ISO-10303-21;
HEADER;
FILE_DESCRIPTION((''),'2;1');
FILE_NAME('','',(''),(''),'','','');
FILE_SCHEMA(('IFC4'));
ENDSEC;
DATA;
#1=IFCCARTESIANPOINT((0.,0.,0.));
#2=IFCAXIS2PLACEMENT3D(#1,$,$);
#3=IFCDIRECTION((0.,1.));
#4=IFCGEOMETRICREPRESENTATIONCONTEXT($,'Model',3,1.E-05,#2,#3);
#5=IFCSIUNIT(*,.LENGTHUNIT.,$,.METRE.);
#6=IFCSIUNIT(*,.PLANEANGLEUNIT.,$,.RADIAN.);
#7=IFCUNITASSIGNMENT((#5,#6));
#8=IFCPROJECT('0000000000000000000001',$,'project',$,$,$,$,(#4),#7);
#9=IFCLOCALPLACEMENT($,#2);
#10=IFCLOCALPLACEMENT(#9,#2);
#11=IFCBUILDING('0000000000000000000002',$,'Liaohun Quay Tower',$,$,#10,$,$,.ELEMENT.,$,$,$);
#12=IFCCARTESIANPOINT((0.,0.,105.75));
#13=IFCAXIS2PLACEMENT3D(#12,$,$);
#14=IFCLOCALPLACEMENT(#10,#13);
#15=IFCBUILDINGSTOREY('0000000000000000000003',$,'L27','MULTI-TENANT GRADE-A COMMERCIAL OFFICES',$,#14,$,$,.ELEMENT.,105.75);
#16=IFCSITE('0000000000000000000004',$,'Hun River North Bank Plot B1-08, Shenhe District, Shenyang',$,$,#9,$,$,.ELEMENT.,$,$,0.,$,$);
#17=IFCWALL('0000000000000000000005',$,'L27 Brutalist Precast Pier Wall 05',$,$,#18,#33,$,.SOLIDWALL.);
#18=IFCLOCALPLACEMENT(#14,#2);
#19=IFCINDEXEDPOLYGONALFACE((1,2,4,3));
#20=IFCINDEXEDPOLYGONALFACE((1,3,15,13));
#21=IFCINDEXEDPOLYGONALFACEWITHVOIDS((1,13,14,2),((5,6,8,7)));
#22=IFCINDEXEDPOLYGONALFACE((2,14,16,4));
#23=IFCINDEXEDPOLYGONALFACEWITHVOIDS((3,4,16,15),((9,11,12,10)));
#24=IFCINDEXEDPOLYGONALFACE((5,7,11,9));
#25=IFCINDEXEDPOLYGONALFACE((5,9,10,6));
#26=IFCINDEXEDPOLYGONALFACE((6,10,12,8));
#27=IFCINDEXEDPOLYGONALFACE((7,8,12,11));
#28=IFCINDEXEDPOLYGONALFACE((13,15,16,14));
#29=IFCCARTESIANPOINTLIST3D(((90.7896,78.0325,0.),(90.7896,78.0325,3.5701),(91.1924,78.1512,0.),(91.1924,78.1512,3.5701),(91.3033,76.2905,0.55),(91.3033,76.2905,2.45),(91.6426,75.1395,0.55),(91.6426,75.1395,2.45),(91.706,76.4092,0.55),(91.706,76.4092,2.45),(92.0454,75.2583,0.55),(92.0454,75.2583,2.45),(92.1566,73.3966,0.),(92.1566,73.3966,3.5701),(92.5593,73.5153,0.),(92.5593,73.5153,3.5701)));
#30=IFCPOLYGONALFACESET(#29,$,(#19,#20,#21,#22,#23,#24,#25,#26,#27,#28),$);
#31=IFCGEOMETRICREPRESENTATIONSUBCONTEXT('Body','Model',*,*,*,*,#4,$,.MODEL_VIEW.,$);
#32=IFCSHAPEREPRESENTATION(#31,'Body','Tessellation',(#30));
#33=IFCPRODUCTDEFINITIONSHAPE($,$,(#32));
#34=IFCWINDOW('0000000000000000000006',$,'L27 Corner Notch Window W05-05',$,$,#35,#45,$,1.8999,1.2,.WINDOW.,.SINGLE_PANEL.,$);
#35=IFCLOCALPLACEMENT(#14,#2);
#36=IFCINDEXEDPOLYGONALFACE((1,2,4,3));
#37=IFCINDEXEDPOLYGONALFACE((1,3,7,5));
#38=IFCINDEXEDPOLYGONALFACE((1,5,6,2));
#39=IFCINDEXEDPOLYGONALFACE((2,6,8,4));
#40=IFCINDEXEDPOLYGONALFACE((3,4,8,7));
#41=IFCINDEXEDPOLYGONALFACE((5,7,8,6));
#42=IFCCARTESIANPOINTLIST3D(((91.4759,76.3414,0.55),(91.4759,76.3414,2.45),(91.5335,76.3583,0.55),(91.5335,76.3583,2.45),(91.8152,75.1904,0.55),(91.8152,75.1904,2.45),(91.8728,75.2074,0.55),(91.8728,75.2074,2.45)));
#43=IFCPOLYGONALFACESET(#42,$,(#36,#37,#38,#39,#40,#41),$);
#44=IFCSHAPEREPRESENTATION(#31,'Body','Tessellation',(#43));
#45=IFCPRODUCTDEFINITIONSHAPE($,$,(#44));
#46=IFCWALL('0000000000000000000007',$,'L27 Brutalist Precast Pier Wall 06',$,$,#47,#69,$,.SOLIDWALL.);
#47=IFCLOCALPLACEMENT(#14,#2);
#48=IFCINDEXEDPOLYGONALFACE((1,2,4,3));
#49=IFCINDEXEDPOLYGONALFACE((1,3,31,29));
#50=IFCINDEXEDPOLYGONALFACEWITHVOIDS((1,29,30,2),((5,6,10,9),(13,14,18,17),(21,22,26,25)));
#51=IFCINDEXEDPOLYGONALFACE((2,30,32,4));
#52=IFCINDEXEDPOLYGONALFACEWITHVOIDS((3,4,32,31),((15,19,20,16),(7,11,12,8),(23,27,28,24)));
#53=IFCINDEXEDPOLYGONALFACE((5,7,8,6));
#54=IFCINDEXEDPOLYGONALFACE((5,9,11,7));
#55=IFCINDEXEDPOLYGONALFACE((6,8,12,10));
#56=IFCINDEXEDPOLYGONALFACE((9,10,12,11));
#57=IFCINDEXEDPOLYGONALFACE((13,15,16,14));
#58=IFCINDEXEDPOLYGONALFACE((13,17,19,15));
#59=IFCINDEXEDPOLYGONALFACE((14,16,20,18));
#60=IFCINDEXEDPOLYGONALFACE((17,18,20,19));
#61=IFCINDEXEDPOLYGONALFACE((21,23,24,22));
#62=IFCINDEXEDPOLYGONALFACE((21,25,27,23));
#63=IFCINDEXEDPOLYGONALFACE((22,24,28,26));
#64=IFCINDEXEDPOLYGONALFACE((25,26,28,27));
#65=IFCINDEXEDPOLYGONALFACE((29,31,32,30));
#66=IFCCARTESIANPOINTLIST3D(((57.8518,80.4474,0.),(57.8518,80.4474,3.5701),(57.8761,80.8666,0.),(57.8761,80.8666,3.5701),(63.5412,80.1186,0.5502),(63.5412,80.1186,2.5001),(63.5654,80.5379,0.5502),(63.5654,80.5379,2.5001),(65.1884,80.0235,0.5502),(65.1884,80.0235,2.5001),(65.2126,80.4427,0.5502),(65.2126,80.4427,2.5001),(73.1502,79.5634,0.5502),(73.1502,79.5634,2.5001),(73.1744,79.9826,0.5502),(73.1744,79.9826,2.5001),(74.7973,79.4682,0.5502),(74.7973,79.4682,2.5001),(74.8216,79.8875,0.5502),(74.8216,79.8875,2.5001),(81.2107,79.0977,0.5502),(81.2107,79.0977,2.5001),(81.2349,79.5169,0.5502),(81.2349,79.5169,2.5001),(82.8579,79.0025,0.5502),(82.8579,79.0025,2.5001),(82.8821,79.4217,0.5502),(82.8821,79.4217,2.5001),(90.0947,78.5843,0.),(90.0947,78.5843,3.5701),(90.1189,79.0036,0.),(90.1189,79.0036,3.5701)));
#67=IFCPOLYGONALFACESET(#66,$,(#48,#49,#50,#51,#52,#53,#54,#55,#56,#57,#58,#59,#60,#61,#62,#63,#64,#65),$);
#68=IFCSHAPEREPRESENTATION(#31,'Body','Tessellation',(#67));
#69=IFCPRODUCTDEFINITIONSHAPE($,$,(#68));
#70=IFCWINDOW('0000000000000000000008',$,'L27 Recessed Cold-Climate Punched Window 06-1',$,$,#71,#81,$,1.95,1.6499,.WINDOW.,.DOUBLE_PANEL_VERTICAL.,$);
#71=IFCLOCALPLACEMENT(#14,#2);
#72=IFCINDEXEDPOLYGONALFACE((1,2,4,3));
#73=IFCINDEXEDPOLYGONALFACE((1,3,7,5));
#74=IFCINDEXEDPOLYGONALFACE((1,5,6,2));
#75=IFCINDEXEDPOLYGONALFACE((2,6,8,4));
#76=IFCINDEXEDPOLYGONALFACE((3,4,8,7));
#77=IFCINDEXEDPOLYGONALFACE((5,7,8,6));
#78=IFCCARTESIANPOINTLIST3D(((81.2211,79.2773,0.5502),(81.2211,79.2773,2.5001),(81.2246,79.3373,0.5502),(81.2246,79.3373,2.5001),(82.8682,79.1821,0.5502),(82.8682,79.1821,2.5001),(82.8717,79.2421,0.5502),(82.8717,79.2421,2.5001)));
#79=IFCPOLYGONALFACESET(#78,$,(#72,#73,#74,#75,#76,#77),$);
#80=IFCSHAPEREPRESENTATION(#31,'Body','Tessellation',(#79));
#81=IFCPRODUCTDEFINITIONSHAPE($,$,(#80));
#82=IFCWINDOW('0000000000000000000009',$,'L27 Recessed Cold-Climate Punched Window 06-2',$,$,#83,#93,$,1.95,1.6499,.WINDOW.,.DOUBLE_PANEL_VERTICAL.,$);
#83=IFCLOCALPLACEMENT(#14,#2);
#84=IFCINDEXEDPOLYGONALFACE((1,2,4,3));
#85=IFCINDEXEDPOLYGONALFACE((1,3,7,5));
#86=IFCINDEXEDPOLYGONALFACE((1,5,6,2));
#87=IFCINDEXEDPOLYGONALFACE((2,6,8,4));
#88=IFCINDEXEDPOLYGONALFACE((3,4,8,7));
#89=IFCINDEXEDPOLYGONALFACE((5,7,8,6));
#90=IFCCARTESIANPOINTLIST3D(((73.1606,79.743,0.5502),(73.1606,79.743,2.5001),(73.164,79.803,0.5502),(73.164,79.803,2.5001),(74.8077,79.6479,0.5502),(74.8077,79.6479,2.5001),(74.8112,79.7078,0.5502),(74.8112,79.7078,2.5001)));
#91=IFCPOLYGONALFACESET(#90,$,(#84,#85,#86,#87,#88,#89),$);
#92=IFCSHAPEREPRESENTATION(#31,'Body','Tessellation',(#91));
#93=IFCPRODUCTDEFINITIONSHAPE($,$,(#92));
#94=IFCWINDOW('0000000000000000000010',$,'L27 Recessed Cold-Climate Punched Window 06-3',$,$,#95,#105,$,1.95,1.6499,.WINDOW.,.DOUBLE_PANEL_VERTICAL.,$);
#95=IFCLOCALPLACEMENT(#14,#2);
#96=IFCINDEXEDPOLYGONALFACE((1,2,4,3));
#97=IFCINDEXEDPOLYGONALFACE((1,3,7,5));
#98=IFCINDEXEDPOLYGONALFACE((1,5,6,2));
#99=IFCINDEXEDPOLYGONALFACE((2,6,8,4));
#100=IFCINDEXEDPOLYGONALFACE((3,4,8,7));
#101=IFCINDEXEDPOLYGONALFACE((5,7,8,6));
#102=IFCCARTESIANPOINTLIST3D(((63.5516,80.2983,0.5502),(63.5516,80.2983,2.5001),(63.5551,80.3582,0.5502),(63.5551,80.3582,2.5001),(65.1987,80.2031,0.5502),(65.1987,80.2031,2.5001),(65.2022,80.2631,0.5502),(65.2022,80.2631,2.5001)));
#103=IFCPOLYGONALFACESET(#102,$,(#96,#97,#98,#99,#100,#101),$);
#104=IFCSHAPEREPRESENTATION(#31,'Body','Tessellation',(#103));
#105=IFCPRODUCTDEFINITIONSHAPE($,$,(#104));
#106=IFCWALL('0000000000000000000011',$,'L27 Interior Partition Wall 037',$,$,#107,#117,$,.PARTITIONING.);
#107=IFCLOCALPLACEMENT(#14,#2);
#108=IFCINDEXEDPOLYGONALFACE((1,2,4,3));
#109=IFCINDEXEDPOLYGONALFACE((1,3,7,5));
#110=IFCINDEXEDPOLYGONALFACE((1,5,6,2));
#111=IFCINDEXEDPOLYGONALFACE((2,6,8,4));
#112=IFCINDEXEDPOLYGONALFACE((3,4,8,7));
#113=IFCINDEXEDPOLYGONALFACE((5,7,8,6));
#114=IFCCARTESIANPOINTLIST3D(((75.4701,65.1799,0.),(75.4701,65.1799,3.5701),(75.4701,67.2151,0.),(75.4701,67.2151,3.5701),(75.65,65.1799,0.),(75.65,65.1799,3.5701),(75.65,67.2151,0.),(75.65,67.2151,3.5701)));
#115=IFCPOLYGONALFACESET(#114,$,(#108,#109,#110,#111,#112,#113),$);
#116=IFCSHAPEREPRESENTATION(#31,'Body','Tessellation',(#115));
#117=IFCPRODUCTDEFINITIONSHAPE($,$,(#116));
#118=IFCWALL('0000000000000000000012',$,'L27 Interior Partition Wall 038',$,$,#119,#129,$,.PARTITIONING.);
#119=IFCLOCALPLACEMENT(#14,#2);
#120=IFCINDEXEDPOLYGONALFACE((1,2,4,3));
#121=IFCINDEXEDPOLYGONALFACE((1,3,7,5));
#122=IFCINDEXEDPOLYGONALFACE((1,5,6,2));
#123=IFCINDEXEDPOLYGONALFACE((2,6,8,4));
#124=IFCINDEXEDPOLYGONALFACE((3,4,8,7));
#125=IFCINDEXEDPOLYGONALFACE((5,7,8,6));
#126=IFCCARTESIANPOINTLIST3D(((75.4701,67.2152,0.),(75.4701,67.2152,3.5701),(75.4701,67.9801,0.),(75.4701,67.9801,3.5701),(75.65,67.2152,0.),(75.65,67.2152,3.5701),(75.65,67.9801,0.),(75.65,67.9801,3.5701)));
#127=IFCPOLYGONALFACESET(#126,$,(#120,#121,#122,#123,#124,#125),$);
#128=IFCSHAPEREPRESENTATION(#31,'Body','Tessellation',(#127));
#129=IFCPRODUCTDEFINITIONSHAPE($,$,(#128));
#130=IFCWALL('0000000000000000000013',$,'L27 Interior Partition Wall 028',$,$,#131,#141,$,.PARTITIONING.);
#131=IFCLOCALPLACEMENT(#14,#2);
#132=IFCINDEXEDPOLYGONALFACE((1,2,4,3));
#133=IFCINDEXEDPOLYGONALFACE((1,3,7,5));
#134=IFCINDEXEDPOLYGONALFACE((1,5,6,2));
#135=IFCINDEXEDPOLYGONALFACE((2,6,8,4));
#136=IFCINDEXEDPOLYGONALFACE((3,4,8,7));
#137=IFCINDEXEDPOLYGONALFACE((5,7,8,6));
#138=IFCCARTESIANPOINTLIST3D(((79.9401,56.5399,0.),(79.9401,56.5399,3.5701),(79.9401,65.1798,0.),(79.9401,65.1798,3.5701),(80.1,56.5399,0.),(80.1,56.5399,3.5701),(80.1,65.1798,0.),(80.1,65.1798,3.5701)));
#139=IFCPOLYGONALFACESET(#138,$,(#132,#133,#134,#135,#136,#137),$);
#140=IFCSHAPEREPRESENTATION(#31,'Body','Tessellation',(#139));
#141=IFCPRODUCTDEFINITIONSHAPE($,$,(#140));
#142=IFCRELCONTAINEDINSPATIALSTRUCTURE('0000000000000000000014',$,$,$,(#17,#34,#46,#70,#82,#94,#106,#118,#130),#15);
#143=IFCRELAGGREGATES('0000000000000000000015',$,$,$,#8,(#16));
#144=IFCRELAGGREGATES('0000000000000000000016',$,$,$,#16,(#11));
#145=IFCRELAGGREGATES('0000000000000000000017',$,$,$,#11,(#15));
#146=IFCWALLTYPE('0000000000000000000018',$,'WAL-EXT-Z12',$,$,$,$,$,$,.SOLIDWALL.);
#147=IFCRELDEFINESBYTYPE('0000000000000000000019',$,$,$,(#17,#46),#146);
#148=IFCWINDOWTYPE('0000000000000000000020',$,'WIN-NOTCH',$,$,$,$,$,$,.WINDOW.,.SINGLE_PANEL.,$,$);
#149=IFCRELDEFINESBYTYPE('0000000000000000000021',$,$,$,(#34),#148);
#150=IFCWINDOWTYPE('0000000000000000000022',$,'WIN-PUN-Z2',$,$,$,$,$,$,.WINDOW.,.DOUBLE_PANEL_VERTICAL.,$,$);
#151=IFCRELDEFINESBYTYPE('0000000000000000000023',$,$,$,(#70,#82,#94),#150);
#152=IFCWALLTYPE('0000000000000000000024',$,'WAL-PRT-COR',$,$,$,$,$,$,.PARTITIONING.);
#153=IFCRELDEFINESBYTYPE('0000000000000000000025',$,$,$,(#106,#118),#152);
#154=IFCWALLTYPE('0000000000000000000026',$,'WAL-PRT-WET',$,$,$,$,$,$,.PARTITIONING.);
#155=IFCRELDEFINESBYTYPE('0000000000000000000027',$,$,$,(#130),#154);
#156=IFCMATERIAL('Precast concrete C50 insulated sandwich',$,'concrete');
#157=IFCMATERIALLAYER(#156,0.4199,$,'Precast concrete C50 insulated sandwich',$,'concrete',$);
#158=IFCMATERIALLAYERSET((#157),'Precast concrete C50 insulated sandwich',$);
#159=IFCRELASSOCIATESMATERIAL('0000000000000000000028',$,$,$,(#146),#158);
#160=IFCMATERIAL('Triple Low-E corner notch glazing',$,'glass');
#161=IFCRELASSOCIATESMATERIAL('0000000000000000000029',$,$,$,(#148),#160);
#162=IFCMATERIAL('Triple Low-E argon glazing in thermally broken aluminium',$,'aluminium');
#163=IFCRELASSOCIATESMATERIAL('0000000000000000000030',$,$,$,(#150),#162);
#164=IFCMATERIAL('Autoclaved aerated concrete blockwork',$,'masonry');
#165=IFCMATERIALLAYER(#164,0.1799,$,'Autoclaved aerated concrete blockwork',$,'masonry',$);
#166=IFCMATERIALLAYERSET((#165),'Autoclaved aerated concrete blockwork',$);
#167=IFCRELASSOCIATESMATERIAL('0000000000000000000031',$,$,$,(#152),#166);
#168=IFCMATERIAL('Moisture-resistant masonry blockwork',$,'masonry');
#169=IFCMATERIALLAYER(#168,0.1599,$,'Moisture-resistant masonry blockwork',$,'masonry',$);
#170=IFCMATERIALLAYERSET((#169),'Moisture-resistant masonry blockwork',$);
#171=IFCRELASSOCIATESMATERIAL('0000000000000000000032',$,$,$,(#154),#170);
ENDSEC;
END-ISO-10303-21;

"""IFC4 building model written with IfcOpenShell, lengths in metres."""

from ifc_helpers import new_model, si_unit, direction, frame, frame_2d, origin, place, context, subcontext, project, spatial, rectangle, extrude, source, transform, mapped, material, layer, layer_set, type_object, element, fill, save


model = new_model("IFC4")

# Units and contexts
model_context = context("Model", 3, precision=1e-05, world=origin(), true_north=direction((0.0, 1.0)))
body_context = subcontext(model_context, "Body", "Model", "MODEL_VIEW")
ifc_project = project(units=[si_unit("LENGTHUNIT", "METRE"), si_unit("PLANEANGLEUNIT", "RADIAN")], contexts=[model_context])

# Site, building, storey
site_placement = place(None, origin())
site = spatial("IfcSite", under=ifc_project, at=site_placement, Name="Hun River North Bank Plot B1-08, Shenhe District, Shenyang", CompositionType="ELEMENT", RefElevation=0.0)
building_placement = place(site_placement, origin())
building = spatial("IfcBuilding", under=site, at=building_placement, Name="Liaohun Quay Tower", CompositionType="ELEMENT")
storey_placement = place(building_placement, frame((0.0, 0.0, 105.75)))
storey = spatial("IfcBuildingStorey", under=building, at=storey_placement, Name="L27", Description="MULTI-TENANT GRADE-A COMMERCIAL OFFICES", CompositionType="ELEMENT", Elevation=105.75)

# Wall, opening, window
ifc_material_1 = material(Name="Precast concrete C50 insulated sandwich", Category="concrete")
ifc_layer_1 = layer(ifc_material_1, 0.4199, Name="Precast concrete C50 insulated sandwich", Category="concrete")
ifc_layer_set_1 = layer_set([ifc_layer_1], Name="Precast concrete C50 insulated sandwich")
wall_type_1 = type_object("IfcWallType", Name="WAL-EXT-Z12", PredefinedType="SOLIDWALL", material=ifc_layer_set_1)
shared_shape_1 = source(origin(), body_context, "Body", "SweptSolid", [
    extrude(rectangle(XDim=1.2, YDim=1.8999, at=frame_2d((0.6001, 0.95))), frame((0.0, 0.22, 0.0), z_axis=(0.0, -1.0, 0.0), x_axis=(1.0, 0.0, 0.0)), (0.0, 0.0, 1.0), 0.4399),
])
ifc_material_2 = material(Name="Triple Low-E corner notch glazing", Category="glass")
window_type_1 = type_object("IfcWindowType", Name="WIN-NOTCH", PartitioningType="SINGLE_PANEL", PredefinedType="WINDOW", material=ifc_material_2)
shared_shape_2 = source(origin(), body_context, "Body", "SweptSolid", [
    extrude(rectangle(XDim=1.2, YDim=1.8999, at=frame_2d((0.6001, 0.95))), frame((0.0, 0.03, 0.0), z_axis=(0.0, -1.0, 0.0), x_axis=(1.0, 0.0, 0.0)), (0.0, 0.0, 1.0), 0.0601),
])
wall_1_placement = place(storey_placement, frame((92.3579, 73.4561, 0.0), z_axis=(0.0, 0.0, 1.0), x_axis=(-0.282817, 0.959174, 0.0)))
wall_1 = element("IfcWall", 1, at=wall_1_placement, inside=storey, type_object=wall_type_1, Name="L27 Brutalist Precast Pier Wall 05", PredefinedType="SOLIDWALL", context=body_context, shape_type="SweptSolid", body=[
    extrude(rectangle(XDim=4.8333, YDim=0.4199, at=frame_2d((2.4165, 0.0))), origin(), (0.0, 0.0, 1.0), 3.5701),
])
opening_1_placement = place(wall_1_placement, frame((1.8169, 0.0, 0.55)))
opening_1 = element("IfcOpeningElement", 2, at=opening_1_placement, cuts=wall_1, PredefinedType="OPENING", context=body_context, shape_type="MappedRepresentation", body=[
    mapped(shared_shape_1, transform((0.0, 0.0, 0.0), x_axis=(1.0, 0.0, 0.0), y_axis=(0.0, 1.0, 0.0), z_axis=(0.0, 0.0, 1.0), scale=1.0)),
])
window_1_placement = place(opening_1_placement, origin())
window_1 = element("IfcWindow", 3, at=window_1_placement, inside=storey, type_object=window_type_1, Name="L27 Corner Notch Window W05-05", OverallHeight=1.8999, OverallWidth=1.2, PartitioningType="SINGLE_PANEL", PredefinedType="WINDOW", context=body_context, shape_type="MappedRepresentation", body=[
    mapped(shared_shape_2, transform((0.0, 0.0, 0.0), x_axis=(1.0, 0.0, 0.0), y_axis=(0.0, 1.0, 0.0), z_axis=(0.0, 0.0, 1.0), scale=1.0)),
])
fill(opening_1, window_1)

# Wall, openings, windows
wall_2_placement = place(storey_placement, frame((90.1069, 78.7939, 0.0), z_axis=(0.0, 0.0, 1.0), x_axis=(-0.998335, 0.057685, 0.0)))
wall_2 = element("IfcWall", 4, at=wall_2_placement, inside=storey, type_object=wall_type_1, Name="L27 Brutalist Precast Pier Wall 06", PredefinedType="SOLIDWALL", context=body_context, shape_type="SweptSolid", body=[
    extrude(rectangle(XDim=32.2966, YDim=0.4199, at=frame_2d((16.1484, 0.0))), origin(), (0.0, 0.0, 1.0), 3.5701),
])
shared_shape_3 = source(origin(), body_context, "Body", "SweptSolid", [
    extrude(rectangle(XDim=1.6499, YDim=1.95, at=frame_2d((0.825, 0.9751))), frame((0.0, 0.22, 0.0), z_axis=(0.0, -1.0, 0.0), x_axis=(1.0, 0.0, 0.0)), (0.0, 0.0, 1.0), 0.4399),
])
opening_2_placement = place(wall_2_placement, frame((7.249, 0.0, 0.55)))
opening_2 = element("IfcOpeningElement", 5, at=opening_2_placement, cuts=wall_2, PredefinedType="OPENING", context=body_context, shape_type="MappedRepresentation", body=[
    mapped(shared_shape_3, transform((0.0, 0.0, 0.0), x_axis=(1.0, 0.0, 0.0), y_axis=(0.0, 1.0, 0.0), z_axis=(0.0, 0.0, 1.0), scale=1.0)),
])
opening_3_placement = place(wall_2_placement, frame((15.323, 0.0, 0.55)))
opening_3 = element("IfcOpeningElement", 6, at=opening_3_placement, cuts=wall_2, PredefinedType="OPENING", context=body_context, shape_type="MappedRepresentation", body=[
    mapped(shared_shape_3, transform((0.0, 0.0, 0.0), x_axis=(1.0, 0.0, 0.0), y_axis=(0.0, 1.0, 0.0), z_axis=(0.0, 0.0, 1.0), scale=1.0)),
])
opening_4_placement = place(wall_2_placement, frame((24.948, 0.0, 0.55)))
opening_4 = element("IfcOpeningElement", 7, at=opening_4_placement, cuts=wall_2, PredefinedType="OPENING", context=body_context, shape_type="MappedRepresentation", body=[
    mapped(shared_shape_3, transform((0.0, 0.0, 0.0), x_axis=(1.0, 0.0, 0.0), y_axis=(0.0, 1.0, 0.0), z_axis=(0.0, 0.0, 1.0), scale=1.0)),
])
ifc_material_3 = material(Name="Triple Low-E argon glazing in thermally broken aluminium", Category="aluminium")
window_type_2 = type_object("IfcWindowType", Name="WIN-PUN-Z2", PartitioningType="DOUBLE_PANEL_VERTICAL", PredefinedType="WINDOW", material=ifc_material_3)
shared_shape_4 = source(origin(), body_context, "Body", "SweptSolid", [
    extrude(rectangle(XDim=1.6499, YDim=1.95, at=frame_2d((0.825, 0.9751))), frame((0.0, 0.03, 0.0), z_axis=(0.0, -1.0, 0.0), x_axis=(1.0, 0.0, 0.0)), (0.0, 0.0, 1.0), 0.0601),
])
window_2_placement = place(opening_2_placement, origin())
window_2 = element("IfcWindow", 8, at=window_2_placement, inside=storey, type_object=window_type_2, Name="L27 Recessed Cold-Climate Punched Window 06-1", OverallHeight=1.95, OverallWidth=1.6499, PartitioningType="DOUBLE_PANEL_VERTICAL", PredefinedType="WINDOW", context=body_context, shape_type="MappedRepresentation", body=[
    mapped(shared_shape_4, transform((0.0, 0.0, 0.0), x_axis=(1.0, 0.0, 0.0), y_axis=(0.0, 1.0, 0.0), z_axis=(0.0, 0.0, 1.0), scale=1.0)),
])
fill(opening_2, window_2)
window_3_placement = place(opening_3_placement, origin())
window_3 = element("IfcWindow", 9, at=window_3_placement, inside=storey, type_object=window_type_2, Name="L27 Recessed Cold-Climate Punched Window 06-2", OverallHeight=1.95, OverallWidth=1.6499, PartitioningType="DOUBLE_PANEL_VERTICAL", PredefinedType="WINDOW", context=body_context, shape_type="MappedRepresentation", body=[
    mapped(shared_shape_4, transform((0.0, 0.0, 0.0), x_axis=(1.0, 0.0, 0.0), y_axis=(0.0, 1.0, 0.0), z_axis=(0.0, 0.0, 1.0), scale=1.0)),
])
fill(opening_3, window_3)
window_4_placement = place(opening_4_placement, origin())
window_4 = element("IfcWindow", 10, at=window_4_placement, inside=storey, type_object=window_type_2, Name="L27 Recessed Cold-Climate Punched Window 06-3", OverallHeight=1.95, OverallWidth=1.6499, PartitioningType="DOUBLE_PANEL_VERTICAL", PredefinedType="WINDOW", context=body_context, shape_type="MappedRepresentation", body=[
    mapped(shared_shape_4, transform((0.0, 0.0, 0.0), x_axis=(1.0, 0.0, 0.0), y_axis=(0.0, 1.0, 0.0), z_axis=(0.0, 0.0, 1.0), scale=1.0)),
])
fill(opening_4, window_4)

# Walls
ifc_material_4 = material(Name="Autoclaved aerated concrete blockwork", Category="masonry")
ifc_layer_2 = layer(ifc_material_4, 0.1799, Name="Autoclaved aerated concrete blockwork", Category="masonry")
ifc_layer_set_2 = layer_set([ifc_layer_2], Name="Autoclaved aerated concrete blockwork")
wall_type_2 = type_object("IfcWallType", Name="WAL-PRT-COR", PredefinedType="PARTITIONING", material=ifc_layer_set_2)
wall_3_placement = place(storey_placement, frame((75.5601, 67.2151, 0.0), z_axis=(0.0, 0.0, 1.0), x_axis=(0.0, -1.0, 0.0)))
element("IfcWall", 11, at=wall_3_placement, inside=storey, type_object=wall_type_2, Name="L27 Interior Partition Wall 037", PredefinedType="PARTITIONING", context=body_context, shape_type="SweptSolid", body=[
    extrude(rectangle(XDim=2.0352, YDim=0.1799, at=frame_2d((1.0176, 0.0))), origin(), (0.0, 0.0, 1.0), 3.5701),
])
wall_4_placement = place(storey_placement, frame((75.5601, 67.98, 0.0), z_axis=(0.0, 0.0, 1.0), x_axis=(0.0, -1.0, 0.0)))
element("IfcWall", 12, at=wall_4_placement, inside=storey, type_object=wall_type_2, Name="L27 Interior Partition Wall 038", PredefinedType="PARTITIONING", context=body_context, shape_type="SweptSolid", body=[
    extrude(rectangle(XDim=0.7649, YDim=0.1799, at=frame_2d((0.3823, 0.0))), origin(), (0.0, 0.0, 1.0), 3.5701),
])
ifc_material_5 = material(Name="Moisture-resistant masonry blockwork", Category="masonry")
ifc_layer_3 = layer(ifc_material_5, 0.1599, Name="Moisture-resistant masonry blockwork", Category="masonry")
ifc_layer_set_3 = layer_set([ifc_layer_3], Name="Moisture-resistant masonry blockwork")
wall_type_3 = type_object("IfcWallType", Name="WAL-PRT-WET", PredefinedType="PARTITIONING", material=ifc_layer_set_3)
wall_5_placement = place(storey_placement, frame((80.02, 56.54, 0.0), z_axis=(0.0, 0.0, 1.0), x_axis=(0.0, 1.0, 0.0)))
element("IfcWall", 13, at=wall_5_placement, inside=storey, type_object=wall_type_3, Name="L27 Interior Partition Wall 028", PredefinedType="PARTITIONING", context=body_context, shape_type="SweptSolid", body=[
    extrude(rectangle(XDim=8.6399, YDim=0.1599, at=frame_2d((4.3198, 0.0))), origin(), (0.0, 0.0, 1.0), 3.5701),
])

save(model, "model.ifc")
